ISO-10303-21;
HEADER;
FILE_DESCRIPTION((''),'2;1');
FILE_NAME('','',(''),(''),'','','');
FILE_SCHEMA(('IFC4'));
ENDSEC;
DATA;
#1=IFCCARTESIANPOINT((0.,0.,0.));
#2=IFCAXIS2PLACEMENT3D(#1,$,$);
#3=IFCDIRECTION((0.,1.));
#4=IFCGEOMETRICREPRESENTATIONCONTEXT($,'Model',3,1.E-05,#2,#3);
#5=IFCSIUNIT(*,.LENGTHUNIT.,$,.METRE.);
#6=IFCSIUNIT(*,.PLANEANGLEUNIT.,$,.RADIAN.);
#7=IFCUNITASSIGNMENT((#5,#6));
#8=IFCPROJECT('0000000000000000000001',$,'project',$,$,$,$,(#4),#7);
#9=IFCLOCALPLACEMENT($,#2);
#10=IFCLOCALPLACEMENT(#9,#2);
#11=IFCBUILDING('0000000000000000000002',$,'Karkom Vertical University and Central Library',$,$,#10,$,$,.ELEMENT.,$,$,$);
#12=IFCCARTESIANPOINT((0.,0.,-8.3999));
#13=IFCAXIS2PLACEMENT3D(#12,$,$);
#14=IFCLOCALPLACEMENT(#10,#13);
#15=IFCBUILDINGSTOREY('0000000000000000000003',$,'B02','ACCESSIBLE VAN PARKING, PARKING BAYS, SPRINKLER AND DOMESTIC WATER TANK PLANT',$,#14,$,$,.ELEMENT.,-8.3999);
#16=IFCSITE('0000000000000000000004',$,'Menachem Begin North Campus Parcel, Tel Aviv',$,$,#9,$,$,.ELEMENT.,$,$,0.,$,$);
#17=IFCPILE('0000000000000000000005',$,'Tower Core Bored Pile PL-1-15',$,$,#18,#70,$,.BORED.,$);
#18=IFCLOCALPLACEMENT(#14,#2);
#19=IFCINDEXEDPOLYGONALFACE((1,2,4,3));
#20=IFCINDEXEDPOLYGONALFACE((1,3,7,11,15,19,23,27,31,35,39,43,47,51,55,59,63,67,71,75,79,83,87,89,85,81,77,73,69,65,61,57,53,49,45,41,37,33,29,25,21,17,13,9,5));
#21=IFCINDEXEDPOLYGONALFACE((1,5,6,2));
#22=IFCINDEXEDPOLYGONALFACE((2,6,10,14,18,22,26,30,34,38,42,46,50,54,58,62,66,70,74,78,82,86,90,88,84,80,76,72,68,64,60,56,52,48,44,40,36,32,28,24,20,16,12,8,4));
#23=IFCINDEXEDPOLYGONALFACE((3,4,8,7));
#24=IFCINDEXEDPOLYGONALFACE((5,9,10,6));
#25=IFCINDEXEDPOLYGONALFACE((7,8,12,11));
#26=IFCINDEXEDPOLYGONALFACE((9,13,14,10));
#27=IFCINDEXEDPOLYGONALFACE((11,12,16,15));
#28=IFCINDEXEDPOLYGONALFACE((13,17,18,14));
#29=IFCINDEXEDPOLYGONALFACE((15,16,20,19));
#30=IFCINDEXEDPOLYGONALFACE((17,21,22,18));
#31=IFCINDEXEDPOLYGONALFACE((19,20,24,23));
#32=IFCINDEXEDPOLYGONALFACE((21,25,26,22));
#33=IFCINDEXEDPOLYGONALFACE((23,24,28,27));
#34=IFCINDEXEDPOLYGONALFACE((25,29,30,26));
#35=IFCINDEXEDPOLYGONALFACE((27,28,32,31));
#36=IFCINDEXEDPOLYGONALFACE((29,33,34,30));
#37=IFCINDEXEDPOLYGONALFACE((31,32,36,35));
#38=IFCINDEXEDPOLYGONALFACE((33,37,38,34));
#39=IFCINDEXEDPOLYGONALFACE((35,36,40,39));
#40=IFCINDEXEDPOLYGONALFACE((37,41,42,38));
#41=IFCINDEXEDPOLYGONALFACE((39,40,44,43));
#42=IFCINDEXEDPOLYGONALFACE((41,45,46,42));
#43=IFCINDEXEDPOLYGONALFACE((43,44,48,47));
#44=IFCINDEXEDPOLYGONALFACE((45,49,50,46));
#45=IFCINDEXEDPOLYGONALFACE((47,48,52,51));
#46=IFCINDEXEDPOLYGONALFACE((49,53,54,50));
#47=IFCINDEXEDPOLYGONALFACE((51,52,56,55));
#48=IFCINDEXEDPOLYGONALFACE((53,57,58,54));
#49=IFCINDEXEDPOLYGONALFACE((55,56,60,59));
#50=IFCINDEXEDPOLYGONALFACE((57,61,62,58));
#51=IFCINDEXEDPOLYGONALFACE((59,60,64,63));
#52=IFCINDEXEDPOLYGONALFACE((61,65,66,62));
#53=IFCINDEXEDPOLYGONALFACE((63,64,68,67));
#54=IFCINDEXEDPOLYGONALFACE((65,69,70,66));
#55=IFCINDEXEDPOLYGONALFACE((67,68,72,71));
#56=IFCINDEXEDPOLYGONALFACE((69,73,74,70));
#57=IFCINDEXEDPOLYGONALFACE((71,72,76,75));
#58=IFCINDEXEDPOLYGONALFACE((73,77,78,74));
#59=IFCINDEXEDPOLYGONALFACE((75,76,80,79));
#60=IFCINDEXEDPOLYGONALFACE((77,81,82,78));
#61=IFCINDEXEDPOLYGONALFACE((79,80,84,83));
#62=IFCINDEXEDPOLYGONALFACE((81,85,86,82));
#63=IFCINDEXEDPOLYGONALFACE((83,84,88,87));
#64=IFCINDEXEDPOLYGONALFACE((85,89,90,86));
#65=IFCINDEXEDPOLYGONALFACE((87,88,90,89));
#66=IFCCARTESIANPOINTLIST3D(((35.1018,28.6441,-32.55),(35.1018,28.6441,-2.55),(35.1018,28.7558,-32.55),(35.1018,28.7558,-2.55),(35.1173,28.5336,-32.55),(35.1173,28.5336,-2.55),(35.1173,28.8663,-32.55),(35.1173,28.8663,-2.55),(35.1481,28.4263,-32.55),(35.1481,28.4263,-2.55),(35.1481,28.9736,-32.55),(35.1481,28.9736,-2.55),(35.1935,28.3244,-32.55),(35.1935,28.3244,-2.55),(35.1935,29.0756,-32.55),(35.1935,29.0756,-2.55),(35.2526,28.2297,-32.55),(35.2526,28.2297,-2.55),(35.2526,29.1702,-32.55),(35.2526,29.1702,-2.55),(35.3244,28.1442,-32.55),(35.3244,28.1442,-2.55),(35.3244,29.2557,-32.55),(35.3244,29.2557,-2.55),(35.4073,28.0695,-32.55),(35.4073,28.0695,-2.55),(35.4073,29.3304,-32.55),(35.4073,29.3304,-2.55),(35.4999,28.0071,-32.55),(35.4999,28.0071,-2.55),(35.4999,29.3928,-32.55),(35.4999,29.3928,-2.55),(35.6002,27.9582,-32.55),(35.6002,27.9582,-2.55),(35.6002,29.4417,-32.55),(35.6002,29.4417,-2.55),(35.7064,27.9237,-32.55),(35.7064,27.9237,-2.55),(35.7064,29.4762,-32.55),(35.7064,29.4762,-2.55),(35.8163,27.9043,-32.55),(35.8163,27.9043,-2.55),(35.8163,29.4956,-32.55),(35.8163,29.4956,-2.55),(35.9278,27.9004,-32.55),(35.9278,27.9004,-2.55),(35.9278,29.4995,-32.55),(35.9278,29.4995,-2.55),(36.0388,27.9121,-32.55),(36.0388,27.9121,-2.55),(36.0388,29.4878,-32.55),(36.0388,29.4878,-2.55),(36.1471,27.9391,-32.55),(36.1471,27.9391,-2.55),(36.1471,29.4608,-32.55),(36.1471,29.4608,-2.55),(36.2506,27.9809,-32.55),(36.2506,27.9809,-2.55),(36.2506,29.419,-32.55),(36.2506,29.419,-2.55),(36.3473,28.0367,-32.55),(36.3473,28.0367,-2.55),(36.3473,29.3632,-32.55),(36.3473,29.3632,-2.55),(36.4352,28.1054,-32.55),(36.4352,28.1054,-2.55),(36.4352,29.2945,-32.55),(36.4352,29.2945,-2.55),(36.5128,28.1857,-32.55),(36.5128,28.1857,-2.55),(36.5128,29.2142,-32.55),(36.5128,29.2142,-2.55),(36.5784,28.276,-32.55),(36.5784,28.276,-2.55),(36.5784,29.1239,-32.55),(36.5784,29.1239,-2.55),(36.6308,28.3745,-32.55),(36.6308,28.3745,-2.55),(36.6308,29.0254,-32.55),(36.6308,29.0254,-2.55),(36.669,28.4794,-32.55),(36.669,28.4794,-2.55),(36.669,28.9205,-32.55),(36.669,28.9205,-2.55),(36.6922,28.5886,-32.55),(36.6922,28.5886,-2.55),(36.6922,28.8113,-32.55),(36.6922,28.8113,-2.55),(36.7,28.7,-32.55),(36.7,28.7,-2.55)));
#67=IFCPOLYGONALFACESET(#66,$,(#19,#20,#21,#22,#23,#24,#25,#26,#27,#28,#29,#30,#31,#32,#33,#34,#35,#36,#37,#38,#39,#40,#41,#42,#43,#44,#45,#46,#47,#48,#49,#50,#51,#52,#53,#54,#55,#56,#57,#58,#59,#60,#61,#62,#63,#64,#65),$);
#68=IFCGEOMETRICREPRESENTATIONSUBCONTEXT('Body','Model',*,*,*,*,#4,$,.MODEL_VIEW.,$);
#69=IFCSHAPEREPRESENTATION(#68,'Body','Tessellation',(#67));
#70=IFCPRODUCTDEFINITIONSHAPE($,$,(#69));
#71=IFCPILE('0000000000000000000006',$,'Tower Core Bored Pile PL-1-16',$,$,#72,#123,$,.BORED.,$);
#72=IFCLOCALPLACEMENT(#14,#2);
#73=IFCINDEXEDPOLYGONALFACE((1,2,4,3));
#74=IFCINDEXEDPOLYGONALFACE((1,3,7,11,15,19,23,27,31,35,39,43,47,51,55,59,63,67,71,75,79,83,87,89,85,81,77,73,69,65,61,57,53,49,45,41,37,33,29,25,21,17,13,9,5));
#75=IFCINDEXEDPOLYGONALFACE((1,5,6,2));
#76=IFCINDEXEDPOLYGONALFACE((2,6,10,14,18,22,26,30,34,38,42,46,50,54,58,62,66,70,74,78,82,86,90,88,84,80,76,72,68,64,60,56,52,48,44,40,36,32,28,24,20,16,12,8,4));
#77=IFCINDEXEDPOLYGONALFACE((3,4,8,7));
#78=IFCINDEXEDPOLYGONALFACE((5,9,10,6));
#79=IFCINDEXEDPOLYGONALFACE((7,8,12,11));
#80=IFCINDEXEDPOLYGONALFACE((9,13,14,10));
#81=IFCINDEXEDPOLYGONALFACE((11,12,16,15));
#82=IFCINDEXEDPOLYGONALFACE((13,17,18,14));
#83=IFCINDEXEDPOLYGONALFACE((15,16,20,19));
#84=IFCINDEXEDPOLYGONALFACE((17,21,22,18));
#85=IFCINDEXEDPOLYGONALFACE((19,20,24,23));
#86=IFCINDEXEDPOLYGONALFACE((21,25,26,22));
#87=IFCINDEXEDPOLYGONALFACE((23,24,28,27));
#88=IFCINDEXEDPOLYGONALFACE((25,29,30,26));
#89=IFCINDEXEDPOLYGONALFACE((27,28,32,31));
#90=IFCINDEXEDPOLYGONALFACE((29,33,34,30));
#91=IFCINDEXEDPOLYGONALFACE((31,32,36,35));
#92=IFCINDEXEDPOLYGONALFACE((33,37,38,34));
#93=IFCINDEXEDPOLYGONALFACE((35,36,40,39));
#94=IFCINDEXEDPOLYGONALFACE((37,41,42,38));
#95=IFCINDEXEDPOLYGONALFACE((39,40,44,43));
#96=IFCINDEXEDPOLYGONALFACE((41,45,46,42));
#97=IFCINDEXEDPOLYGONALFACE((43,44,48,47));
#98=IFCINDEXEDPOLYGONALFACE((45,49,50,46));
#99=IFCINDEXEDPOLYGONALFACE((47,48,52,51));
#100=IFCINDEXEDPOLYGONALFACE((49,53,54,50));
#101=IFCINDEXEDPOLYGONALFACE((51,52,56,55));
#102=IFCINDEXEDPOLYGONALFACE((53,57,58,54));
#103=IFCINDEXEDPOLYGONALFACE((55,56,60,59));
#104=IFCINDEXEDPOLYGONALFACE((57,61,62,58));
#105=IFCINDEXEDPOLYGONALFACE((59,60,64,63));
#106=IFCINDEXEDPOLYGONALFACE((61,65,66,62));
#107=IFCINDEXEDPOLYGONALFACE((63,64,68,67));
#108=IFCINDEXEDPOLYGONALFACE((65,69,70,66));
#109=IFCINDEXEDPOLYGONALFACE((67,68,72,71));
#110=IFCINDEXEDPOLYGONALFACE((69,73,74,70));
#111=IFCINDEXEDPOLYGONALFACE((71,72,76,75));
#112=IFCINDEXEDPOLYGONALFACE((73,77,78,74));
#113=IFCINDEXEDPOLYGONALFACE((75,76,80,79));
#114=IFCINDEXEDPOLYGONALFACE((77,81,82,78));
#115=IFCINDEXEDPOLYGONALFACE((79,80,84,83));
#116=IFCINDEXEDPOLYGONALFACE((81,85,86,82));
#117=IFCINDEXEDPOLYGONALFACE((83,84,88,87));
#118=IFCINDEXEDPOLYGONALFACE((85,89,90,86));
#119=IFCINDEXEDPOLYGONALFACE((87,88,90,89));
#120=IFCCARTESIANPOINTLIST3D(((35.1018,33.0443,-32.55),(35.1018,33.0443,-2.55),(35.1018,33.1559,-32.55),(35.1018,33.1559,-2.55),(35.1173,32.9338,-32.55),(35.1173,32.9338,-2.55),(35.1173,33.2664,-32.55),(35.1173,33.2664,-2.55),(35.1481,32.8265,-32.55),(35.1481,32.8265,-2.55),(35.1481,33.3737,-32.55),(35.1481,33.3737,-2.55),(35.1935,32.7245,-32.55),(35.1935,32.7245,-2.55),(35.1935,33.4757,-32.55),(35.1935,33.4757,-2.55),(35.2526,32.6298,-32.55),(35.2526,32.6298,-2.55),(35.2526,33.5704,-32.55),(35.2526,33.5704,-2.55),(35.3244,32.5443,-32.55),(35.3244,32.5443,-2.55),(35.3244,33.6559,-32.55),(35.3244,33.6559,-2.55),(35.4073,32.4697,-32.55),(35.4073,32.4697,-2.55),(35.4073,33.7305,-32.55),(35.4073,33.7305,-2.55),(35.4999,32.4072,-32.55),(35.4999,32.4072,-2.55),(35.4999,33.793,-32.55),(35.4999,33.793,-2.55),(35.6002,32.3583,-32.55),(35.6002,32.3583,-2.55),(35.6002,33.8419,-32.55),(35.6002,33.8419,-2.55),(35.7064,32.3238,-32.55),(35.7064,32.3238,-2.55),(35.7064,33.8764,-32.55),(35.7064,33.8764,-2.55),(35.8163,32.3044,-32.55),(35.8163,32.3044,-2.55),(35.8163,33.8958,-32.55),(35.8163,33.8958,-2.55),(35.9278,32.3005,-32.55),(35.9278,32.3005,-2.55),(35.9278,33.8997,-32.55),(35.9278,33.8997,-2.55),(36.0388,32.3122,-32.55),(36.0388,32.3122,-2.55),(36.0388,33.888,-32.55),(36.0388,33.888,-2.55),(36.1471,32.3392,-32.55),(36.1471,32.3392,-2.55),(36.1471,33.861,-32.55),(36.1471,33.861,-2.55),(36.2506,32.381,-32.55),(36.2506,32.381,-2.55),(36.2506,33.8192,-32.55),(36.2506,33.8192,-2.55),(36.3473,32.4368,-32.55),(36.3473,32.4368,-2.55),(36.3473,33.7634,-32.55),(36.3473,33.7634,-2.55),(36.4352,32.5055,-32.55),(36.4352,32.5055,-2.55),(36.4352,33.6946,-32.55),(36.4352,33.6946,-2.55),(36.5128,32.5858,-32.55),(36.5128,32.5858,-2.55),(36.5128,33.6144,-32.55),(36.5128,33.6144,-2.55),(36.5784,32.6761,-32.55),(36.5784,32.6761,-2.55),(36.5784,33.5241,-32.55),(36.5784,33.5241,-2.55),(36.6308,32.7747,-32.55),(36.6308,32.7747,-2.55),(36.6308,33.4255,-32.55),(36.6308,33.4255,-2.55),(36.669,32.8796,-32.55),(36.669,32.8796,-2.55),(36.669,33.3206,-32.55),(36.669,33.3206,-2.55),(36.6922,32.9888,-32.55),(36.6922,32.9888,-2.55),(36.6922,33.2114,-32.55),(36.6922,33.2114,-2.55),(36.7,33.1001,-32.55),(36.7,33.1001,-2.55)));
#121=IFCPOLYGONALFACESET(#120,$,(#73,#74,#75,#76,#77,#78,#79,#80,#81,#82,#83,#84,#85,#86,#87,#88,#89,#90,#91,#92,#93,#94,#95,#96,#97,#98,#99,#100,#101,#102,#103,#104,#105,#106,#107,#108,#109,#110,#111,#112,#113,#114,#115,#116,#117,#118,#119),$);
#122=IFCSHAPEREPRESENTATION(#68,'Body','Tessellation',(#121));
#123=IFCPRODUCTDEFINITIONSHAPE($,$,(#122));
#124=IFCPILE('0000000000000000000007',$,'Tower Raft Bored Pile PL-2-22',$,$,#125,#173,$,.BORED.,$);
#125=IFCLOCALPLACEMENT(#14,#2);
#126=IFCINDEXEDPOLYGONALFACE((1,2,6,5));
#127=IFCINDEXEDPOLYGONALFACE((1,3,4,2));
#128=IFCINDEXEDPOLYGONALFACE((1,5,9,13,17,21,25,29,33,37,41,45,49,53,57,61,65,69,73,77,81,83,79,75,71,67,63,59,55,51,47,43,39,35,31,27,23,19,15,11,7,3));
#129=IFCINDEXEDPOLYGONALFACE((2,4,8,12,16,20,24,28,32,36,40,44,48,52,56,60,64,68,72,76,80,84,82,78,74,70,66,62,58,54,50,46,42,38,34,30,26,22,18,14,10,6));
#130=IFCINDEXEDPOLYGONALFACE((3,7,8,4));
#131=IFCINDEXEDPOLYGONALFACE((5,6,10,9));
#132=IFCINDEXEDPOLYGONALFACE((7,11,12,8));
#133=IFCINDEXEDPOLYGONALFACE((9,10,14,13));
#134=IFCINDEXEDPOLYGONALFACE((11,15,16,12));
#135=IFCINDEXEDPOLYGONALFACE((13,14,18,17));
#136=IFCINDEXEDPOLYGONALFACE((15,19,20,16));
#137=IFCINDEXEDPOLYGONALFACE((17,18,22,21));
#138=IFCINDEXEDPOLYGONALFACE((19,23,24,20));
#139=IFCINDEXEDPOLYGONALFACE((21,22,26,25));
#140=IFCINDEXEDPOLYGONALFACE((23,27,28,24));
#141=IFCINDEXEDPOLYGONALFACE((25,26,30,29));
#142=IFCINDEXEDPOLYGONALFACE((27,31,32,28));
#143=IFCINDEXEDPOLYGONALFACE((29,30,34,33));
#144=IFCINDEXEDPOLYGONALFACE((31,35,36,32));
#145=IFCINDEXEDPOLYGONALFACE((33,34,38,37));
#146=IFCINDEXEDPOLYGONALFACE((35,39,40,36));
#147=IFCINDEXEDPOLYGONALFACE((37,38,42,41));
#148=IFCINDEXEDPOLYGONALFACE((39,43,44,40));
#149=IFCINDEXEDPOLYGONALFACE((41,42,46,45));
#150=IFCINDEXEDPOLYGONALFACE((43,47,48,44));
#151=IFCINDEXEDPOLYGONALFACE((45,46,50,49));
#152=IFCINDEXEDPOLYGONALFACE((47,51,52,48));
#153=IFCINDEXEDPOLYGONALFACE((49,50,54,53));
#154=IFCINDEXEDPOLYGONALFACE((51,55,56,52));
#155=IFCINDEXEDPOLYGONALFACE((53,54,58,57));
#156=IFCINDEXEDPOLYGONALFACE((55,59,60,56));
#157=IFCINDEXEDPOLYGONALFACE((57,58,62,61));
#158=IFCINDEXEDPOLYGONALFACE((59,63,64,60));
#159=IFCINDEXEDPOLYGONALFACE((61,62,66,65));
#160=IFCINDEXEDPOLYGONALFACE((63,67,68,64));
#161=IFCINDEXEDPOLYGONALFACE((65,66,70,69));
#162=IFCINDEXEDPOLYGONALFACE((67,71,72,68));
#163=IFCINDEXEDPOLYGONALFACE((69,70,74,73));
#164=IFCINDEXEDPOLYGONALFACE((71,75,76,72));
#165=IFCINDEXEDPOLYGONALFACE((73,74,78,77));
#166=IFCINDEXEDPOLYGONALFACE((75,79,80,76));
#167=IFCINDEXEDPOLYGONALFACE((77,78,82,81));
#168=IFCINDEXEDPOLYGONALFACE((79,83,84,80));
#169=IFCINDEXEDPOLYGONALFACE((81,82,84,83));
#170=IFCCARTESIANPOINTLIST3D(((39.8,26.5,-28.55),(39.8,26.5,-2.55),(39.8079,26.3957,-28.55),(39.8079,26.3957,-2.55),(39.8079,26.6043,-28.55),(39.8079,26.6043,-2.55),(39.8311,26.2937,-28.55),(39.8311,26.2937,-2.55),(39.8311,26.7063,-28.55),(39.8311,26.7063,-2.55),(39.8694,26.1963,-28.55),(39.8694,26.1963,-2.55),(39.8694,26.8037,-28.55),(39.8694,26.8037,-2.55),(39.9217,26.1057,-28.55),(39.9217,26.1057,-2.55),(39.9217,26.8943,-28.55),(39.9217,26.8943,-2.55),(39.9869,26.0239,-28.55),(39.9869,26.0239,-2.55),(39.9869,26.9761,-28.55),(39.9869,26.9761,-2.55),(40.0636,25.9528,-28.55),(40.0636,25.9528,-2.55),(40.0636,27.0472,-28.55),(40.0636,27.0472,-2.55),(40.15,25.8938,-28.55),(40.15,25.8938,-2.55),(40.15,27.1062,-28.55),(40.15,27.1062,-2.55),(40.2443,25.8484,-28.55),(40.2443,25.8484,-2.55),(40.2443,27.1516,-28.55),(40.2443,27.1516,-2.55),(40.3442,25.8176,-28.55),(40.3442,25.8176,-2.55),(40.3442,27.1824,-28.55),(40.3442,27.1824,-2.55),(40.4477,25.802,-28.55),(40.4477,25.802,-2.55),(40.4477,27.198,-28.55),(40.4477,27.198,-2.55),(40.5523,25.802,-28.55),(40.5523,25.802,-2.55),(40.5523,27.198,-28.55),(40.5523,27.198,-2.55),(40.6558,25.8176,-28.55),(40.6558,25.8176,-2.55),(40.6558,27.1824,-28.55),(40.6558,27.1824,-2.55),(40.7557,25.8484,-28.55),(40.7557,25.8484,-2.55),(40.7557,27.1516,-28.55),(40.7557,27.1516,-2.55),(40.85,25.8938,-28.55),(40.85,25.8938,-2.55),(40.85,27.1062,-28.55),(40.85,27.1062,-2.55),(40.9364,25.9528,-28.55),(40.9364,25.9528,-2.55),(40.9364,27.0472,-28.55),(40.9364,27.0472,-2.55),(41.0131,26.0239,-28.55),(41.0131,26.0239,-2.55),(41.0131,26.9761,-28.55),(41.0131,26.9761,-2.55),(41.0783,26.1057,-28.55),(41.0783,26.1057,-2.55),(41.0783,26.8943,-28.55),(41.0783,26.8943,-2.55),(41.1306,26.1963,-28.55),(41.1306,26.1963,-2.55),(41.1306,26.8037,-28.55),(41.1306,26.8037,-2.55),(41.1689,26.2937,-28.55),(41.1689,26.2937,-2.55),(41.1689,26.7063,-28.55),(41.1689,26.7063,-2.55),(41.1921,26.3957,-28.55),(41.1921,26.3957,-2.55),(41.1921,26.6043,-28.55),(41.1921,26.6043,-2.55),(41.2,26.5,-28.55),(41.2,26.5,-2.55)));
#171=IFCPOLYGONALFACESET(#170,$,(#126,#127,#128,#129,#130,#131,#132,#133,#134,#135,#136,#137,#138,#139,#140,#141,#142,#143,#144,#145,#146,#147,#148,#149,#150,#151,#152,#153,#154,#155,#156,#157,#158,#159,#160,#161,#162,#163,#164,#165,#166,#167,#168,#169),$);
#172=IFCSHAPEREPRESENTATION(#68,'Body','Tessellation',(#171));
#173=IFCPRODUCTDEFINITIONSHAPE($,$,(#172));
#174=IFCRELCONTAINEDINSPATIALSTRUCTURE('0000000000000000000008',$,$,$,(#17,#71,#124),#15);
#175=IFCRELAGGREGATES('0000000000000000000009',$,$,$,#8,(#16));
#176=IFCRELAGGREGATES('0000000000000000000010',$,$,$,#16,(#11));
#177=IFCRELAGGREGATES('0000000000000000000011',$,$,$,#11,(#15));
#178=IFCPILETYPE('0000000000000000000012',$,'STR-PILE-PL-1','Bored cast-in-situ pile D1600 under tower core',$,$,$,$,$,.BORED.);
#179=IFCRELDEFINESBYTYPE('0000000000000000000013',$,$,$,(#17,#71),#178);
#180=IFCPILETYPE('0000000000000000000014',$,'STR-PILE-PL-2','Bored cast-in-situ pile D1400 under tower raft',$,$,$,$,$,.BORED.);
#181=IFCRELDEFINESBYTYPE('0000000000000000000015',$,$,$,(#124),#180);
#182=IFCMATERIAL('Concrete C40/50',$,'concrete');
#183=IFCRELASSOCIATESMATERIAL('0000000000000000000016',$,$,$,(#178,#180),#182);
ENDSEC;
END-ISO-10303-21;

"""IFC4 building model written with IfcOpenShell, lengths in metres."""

from ifc_helpers import new_model, si_unit, direction, frame, origin, origin_with_axes, origin_2d, place, context, subcontext, project, spatial, circle, extrude, source, transform, mapped, material, material_profile, profile_set, type_object, element, save


model = new_model("IFC4")

# Units and contexts
model_context = context("Model", 3, precision=1e-05, world=origin(), true_north=direction((0.0, 1.0)))
body_context = subcontext(model_context, "Body", "Model", "MODEL_VIEW")
ifc_project = project(units=[si_unit("LENGTHUNIT", "METRE"), si_unit("PLANEANGLEUNIT", "RADIAN")], contexts=[model_context])

# Site, building, storey
site_placement = place(None, origin())
site = spatial("IfcSite", under=ifc_project, at=site_placement, Name="Menachem Begin North Campus Parcel, Tel Aviv", CompositionType="ELEMENT", RefElevation=0.0)
building_placement = place(site_placement, origin())
building = spatial("IfcBuilding", under=site, at=building_placement, Name="Karkom Vertical University and Central Library", CompositionType="ELEMENT")
storey_placement = place(building_placement, frame((0.0, 0.0, -8.3999)))
storey = spatial("IfcBuildingStorey", under=building, at=storey_placement, Name="B02", Description="ACCESSIBLE VAN PARKING, PARKING BAYS, SPRINKLER AND DOMESTIC WATER TANK PLANT", CompositionType="ELEMENT", Elevation=-8.3999)

# Piles
ifc_material_1 = material(Name="Concrete C40/50", Category="concrete")
ifc_material_profile_1 = material_profile(ifc_material_1, circle(Radius=0.8, at=origin_2d()), Name="PILE-D1600")
ifc_profile_set_1 = profile_set([ifc_material_profile_1], Name="Concrete C40/50")
pile_type_1 = type_object("IfcPileType", Name="STR-PILE-PL-1", Description="Bored cast-in-situ pile D1600 under tower core", PredefinedType="BORED", material=ifc_profile_set_1)
shared_shape_1 = source(origin_with_axes(), body_context, "Body", "SweptSolid", [
    extrude(circle(Radius=0.8, at=origin_2d()), origin(), (0.0, 0.0, 1.0), 30.0),
])
for number, where, z_axis, x_axis, name in (
    (1, (35.8999, 28.7, -2.55), (0.0, 0.0, -1.0), (1.0, 0.0, 0.0), "Tower Core Bored Pile PL-1-15"),
    (2, (35.8999, 33.1001, -2.55), (0.0, 0.0, -1.0), (1.0, 0.0, 0.0), "Tower Core Bored Pile PL-1-16"),
):
    element("IfcPile", number, at=place(storey_placement, frame(where, z_axis=z_axis, x_axis=x_axis)), inside=storey, type_object=pile_type_1, Name=name, PredefinedType="BORED", context=body_context, shape_type="MappedRepresentation", body=[
        mapped(shared_shape_1, transform((0.0, 0.0, 0.0), scale=1.0)),
    ])
ifc_material_profile_2 = material_profile(ifc_material_1, circle(Radius=0.7, at=origin_2d()), Name="PILE-D1400")
ifc_profile_set_2 = profile_set([ifc_material_profile_2], Name="Concrete C40/50")
pile_type_2 = type_object("IfcPileType", Name="STR-PILE-PL-2", Description="Bored cast-in-situ pile D1400 under tower raft", PredefinedType="BORED", material=ifc_profile_set_2)
shared_shape_2 = source(origin_with_axes(), body_context, "Body", "SweptSolid", [
    extrude(circle(Radius=0.7, at=origin_2d()), origin(), (0.0, 0.0, 1.0), 26.0),
])
for number, where, z_axis, x_axis, name in (
    (3, (40.5, 26.5, -2.55), (0.0, 0.0, -1.0), (1.0, 0.0, 0.0), "Tower Raft Bored Pile PL-2-22"),
):
    element("IfcPile", number, at=place(storey_placement, frame(where, z_axis=z_axis, x_axis=x_axis)), inside=storey, type_object=pile_type_2, Name=name, PredefinedType="BORED", context=body_context, shape_type="MappedRepresentation", body=[
        mapped(shared_shape_2, transform((0.0, 0.0, 0.0), scale=1.0)),
    ])

save(model, "model.ifc")
